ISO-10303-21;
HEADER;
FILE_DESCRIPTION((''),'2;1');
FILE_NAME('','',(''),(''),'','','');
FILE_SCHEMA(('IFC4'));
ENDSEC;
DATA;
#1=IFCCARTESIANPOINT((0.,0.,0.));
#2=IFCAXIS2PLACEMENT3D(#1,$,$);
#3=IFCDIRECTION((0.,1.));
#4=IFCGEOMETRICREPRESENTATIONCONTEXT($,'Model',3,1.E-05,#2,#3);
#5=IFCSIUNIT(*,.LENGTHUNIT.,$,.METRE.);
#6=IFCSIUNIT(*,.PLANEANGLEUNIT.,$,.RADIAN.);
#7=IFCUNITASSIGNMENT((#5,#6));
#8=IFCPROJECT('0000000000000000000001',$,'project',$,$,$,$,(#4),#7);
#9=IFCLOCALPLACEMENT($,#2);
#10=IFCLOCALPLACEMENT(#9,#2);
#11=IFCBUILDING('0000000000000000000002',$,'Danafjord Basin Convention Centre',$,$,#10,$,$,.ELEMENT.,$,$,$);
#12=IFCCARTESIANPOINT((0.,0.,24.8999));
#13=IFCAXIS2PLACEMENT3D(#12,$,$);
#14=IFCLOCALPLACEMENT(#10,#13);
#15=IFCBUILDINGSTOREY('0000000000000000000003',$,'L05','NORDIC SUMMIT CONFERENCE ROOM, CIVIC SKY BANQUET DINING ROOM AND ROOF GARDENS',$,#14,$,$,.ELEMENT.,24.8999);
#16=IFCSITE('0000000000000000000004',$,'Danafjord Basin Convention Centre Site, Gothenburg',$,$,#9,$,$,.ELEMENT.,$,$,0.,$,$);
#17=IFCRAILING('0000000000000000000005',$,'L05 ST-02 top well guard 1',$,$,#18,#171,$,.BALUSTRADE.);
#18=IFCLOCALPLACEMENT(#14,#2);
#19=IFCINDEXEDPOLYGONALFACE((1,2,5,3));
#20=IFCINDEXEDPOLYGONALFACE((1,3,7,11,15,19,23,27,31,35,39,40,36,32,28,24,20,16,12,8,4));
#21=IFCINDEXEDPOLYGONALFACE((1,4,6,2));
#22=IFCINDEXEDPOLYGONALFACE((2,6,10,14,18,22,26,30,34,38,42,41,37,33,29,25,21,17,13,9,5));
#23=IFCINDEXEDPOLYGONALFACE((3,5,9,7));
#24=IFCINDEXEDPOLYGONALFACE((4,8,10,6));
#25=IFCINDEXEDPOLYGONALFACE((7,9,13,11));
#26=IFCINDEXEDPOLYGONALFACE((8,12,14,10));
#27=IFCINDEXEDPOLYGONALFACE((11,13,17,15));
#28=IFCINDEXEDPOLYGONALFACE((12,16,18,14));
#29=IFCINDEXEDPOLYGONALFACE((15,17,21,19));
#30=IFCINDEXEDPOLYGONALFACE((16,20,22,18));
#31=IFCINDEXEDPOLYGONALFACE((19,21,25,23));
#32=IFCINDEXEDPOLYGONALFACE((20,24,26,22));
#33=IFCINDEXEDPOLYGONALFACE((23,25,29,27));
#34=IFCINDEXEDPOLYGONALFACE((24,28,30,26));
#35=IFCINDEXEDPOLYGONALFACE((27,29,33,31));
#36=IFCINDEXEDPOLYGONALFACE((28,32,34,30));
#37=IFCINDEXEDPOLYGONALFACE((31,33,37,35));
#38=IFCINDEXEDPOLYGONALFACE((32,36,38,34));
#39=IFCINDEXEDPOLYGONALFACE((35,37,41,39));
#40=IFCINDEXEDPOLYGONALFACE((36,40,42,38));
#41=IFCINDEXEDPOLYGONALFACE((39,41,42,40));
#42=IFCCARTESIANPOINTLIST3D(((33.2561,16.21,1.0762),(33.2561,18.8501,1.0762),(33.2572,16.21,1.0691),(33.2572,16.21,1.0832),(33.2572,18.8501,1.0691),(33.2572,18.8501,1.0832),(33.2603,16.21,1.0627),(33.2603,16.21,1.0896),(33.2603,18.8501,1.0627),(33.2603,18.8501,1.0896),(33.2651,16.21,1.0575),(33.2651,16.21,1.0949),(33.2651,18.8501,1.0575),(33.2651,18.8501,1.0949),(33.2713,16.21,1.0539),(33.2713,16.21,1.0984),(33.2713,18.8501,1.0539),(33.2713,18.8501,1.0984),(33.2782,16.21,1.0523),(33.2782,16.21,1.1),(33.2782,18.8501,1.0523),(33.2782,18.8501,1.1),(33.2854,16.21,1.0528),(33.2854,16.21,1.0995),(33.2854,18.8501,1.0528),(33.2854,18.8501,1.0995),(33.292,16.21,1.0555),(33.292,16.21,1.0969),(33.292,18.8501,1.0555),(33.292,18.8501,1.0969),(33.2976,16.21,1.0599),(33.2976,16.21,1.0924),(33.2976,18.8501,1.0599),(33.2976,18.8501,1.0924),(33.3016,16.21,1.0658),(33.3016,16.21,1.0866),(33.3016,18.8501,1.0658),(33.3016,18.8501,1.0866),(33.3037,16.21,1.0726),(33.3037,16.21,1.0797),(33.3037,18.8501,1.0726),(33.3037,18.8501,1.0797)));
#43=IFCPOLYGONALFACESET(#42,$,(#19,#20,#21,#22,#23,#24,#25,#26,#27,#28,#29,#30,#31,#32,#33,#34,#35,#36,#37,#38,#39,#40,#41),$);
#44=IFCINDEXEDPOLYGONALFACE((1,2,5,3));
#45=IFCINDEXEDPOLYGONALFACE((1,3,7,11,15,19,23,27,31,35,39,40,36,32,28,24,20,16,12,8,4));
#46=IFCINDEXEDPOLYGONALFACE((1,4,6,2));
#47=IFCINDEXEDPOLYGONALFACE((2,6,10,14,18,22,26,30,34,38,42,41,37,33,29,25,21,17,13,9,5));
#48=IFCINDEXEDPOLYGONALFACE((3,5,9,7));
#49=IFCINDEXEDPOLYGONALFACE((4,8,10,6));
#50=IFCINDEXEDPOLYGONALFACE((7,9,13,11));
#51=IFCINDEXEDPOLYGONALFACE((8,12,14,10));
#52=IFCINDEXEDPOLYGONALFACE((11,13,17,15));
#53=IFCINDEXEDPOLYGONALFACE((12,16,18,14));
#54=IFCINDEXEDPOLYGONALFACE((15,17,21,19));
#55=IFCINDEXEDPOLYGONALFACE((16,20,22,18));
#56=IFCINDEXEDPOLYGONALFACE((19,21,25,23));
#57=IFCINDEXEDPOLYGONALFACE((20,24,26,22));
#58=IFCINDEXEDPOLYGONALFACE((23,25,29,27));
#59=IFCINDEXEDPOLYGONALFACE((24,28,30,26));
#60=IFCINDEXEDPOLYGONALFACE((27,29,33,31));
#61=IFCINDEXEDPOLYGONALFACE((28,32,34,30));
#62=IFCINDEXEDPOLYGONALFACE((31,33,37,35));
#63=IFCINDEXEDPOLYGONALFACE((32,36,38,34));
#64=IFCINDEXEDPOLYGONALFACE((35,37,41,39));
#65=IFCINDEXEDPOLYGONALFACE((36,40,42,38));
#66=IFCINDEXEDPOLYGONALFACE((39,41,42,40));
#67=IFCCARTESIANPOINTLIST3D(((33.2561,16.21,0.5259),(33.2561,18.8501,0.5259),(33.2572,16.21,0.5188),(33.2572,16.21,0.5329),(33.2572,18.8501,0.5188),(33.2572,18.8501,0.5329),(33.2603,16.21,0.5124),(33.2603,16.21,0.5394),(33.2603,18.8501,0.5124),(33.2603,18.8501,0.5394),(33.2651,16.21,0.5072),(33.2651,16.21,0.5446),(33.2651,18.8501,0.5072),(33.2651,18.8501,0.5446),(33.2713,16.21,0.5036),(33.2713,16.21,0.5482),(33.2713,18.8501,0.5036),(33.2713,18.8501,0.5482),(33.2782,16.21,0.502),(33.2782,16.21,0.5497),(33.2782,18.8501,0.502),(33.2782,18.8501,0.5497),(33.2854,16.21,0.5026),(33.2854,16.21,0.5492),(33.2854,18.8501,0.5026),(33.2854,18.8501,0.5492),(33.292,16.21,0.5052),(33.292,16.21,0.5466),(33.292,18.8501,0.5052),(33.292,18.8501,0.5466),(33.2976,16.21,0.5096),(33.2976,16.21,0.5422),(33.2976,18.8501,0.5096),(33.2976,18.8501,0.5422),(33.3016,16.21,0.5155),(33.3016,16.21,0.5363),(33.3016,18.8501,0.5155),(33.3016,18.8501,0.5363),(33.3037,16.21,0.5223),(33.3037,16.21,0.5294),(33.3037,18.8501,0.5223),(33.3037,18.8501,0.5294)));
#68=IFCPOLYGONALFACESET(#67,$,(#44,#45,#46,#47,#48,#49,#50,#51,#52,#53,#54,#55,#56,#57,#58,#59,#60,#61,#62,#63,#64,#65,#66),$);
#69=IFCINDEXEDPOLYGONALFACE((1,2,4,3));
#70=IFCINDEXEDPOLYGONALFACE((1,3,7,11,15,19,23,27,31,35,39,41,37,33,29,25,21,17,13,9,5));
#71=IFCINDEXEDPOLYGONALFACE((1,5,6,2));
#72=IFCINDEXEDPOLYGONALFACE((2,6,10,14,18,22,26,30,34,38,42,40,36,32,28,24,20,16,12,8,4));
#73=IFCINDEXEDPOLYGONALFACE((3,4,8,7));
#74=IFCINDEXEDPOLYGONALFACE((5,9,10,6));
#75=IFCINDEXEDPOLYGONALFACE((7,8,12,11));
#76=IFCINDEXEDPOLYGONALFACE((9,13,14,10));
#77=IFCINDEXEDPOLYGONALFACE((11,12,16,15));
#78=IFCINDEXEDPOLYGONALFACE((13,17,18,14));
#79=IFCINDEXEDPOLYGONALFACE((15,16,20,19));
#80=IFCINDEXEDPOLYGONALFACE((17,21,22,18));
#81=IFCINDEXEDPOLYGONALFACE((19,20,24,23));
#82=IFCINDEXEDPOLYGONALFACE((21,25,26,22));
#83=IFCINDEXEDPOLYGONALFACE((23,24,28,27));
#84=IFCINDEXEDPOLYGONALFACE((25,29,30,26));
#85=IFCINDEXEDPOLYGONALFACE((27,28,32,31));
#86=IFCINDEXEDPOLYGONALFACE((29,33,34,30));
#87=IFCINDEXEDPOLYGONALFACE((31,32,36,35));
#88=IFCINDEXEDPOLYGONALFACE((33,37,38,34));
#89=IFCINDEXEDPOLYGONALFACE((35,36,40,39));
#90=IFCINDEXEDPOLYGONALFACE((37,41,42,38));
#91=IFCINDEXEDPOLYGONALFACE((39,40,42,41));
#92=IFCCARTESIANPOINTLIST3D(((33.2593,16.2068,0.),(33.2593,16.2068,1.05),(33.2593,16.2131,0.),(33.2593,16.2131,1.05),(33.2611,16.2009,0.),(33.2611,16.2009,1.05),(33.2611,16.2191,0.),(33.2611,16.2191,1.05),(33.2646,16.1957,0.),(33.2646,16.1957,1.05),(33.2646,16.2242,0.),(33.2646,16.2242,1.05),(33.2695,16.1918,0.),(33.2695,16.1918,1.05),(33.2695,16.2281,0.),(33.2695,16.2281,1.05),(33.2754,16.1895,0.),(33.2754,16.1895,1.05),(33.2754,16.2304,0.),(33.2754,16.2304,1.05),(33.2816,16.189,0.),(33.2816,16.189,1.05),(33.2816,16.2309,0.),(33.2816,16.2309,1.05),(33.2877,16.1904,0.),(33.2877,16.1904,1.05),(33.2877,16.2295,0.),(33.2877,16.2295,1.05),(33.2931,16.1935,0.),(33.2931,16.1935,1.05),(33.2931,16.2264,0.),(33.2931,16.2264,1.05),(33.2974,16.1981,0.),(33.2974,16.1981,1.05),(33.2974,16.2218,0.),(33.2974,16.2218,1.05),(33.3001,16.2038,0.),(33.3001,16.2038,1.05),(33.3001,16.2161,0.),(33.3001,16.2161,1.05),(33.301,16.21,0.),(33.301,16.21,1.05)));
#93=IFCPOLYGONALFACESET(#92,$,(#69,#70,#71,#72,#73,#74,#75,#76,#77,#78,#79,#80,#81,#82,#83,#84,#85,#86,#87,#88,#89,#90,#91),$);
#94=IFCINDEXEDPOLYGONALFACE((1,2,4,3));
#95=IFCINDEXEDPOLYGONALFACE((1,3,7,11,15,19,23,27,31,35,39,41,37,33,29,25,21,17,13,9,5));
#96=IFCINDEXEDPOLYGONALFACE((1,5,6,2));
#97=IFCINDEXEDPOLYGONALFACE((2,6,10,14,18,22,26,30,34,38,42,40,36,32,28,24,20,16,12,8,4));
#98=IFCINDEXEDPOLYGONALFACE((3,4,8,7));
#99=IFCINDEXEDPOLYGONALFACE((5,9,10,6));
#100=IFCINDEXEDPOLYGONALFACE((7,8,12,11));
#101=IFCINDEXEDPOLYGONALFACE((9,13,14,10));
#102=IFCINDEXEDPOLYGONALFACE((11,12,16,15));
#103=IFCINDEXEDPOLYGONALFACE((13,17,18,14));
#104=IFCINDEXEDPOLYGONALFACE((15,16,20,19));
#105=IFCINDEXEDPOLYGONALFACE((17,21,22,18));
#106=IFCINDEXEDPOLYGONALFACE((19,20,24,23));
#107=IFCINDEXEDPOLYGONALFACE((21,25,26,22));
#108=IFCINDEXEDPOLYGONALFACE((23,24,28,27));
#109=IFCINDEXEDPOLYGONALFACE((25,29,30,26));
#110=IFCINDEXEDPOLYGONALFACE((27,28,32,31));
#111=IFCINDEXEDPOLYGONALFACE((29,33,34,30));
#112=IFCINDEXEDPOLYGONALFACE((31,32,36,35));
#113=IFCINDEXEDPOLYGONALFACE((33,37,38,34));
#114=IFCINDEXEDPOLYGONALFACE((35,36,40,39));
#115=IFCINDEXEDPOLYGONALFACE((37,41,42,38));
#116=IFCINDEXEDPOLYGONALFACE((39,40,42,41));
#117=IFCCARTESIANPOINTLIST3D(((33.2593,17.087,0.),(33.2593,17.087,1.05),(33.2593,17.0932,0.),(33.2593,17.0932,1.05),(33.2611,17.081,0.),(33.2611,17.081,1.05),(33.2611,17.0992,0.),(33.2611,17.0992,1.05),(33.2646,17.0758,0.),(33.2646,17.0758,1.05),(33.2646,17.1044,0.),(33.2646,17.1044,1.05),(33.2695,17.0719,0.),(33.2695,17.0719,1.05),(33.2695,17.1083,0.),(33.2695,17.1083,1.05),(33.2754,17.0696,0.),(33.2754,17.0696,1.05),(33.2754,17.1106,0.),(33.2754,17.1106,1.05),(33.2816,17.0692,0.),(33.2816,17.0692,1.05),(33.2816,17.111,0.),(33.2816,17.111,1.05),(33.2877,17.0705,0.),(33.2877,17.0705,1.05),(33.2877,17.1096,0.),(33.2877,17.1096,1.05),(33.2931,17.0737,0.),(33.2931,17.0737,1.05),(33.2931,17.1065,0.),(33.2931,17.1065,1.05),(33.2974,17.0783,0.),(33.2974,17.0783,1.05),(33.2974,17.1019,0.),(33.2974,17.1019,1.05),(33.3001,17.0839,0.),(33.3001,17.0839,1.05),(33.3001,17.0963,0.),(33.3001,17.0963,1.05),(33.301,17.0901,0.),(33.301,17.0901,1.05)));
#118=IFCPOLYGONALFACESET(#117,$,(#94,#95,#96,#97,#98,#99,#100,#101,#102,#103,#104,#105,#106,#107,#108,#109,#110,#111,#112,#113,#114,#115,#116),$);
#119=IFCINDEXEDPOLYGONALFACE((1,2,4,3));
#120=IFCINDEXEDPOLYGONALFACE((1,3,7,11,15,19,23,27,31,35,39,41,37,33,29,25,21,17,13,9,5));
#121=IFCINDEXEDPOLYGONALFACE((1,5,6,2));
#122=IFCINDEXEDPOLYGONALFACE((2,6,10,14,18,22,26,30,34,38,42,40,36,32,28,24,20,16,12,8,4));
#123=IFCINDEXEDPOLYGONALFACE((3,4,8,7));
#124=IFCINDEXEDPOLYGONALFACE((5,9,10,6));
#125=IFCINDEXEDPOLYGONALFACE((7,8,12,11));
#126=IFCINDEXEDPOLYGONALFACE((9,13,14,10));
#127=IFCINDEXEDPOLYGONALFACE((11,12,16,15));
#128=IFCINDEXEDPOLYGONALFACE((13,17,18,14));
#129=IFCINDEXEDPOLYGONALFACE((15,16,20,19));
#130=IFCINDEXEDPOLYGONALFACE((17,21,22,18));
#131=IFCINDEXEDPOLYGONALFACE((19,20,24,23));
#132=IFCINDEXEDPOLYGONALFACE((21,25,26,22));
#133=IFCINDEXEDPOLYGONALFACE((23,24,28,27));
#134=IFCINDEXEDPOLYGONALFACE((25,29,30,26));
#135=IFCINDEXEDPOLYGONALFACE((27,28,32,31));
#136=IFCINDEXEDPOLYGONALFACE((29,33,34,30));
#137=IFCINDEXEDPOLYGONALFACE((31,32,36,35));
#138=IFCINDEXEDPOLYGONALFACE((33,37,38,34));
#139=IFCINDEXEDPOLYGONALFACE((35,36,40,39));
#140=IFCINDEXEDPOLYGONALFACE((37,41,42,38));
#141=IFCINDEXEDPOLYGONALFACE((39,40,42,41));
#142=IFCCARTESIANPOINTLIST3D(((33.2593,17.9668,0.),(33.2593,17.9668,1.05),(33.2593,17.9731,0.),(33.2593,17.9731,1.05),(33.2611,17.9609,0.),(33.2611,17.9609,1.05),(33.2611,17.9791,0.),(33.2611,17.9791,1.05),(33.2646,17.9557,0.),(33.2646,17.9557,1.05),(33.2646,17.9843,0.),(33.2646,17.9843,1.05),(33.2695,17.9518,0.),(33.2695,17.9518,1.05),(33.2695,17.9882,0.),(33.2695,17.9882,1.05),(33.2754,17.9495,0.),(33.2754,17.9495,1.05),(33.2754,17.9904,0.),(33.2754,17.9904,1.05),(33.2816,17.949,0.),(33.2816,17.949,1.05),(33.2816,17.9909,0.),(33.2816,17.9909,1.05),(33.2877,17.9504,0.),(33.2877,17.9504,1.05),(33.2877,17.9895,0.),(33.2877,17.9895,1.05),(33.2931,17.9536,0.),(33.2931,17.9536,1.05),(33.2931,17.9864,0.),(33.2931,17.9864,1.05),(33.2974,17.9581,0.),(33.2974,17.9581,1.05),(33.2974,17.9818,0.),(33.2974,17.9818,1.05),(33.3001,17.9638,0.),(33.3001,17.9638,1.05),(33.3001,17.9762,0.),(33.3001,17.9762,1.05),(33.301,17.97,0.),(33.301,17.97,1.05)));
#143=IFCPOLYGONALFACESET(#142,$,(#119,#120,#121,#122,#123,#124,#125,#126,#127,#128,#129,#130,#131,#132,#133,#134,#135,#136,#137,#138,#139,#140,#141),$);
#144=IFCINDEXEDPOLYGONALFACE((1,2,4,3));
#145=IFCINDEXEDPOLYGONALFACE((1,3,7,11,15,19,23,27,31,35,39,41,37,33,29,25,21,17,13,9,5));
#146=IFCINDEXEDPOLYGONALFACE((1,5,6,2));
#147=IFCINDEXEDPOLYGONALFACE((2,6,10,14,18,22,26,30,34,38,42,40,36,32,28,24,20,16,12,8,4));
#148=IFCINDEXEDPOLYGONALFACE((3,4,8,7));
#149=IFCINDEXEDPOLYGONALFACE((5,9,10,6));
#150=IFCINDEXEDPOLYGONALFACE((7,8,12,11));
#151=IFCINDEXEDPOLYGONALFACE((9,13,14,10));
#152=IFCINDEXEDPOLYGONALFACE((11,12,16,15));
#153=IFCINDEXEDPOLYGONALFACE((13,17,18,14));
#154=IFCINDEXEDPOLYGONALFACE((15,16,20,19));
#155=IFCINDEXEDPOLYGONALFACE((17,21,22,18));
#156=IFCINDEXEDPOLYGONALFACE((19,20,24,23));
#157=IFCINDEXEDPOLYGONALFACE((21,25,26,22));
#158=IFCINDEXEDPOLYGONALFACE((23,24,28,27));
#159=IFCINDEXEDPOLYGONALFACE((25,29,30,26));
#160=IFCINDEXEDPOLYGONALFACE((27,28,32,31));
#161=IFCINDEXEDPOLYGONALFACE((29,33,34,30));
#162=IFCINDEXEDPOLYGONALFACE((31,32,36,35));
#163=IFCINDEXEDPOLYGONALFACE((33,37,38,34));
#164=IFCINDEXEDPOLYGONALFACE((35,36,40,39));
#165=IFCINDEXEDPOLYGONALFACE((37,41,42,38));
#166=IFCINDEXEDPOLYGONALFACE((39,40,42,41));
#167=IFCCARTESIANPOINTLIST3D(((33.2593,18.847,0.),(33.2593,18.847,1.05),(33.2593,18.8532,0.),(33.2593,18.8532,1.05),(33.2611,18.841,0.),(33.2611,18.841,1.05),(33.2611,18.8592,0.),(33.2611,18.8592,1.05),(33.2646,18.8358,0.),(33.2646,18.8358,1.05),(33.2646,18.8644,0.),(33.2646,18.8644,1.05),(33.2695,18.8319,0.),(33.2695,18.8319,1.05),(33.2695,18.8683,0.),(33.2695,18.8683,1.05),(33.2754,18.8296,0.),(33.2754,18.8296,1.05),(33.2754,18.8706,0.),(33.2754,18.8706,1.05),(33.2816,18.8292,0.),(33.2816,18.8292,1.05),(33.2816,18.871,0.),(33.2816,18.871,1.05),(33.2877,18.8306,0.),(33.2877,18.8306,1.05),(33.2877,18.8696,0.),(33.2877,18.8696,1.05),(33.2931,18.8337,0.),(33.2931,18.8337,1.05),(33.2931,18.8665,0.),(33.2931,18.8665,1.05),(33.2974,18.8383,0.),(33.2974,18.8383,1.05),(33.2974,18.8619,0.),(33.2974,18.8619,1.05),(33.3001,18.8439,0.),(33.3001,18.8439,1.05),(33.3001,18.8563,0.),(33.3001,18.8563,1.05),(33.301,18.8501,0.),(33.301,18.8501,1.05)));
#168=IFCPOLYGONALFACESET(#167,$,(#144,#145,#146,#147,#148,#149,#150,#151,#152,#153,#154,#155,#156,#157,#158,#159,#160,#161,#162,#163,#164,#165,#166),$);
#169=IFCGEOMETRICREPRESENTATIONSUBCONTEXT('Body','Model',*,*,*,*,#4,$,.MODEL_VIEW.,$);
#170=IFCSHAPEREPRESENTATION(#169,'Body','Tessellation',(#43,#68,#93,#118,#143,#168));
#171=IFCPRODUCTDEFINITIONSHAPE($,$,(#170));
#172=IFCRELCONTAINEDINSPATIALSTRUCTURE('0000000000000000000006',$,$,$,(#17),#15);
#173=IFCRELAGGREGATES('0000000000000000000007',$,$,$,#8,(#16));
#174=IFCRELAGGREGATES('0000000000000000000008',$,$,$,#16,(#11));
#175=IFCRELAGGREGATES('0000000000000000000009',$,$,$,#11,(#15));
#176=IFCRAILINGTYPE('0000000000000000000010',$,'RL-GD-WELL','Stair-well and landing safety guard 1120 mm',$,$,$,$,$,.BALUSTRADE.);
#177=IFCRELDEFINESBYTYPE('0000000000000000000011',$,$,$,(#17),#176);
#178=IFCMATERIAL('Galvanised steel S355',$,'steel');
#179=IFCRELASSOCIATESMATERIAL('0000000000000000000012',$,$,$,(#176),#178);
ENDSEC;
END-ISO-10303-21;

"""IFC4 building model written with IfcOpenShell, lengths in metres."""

from ifc_helpers import new_model, si_unit, direction, frame, origin, origin_2d, place, context, subcontext, project, spatial, circle, extrude, material, type_object, element, save


model = new_model("IFC4")

# Units and contexts
model_context = context("Model", 3, precision=1e-05, world=origin(), true_north=direction((0.0, 1.0)))
body_context = subcontext(model_context, "Body", "Model", "MODEL_VIEW")
ifc_project = project(units=[si_unit("LENGTHUNIT", "METRE"), si_unit("PLANEANGLEUNIT", "RADIAN")], contexts=[model_context])

# Site, building, storey
site_placement = place(None, origin())
site = spatial("IfcSite", under=ifc_project, at=site_placement, Name="Danafjord Basin Convention Centre Site, Gothenburg", CompositionType="ELEMENT", RefElevation=0.0)
building_placement = place(site_placement, origin())
building = spatial("IfcBuilding", under=site, at=building_placement, Name="Danafjord Basin Convention Centre", CompositionType="ELEMENT")
storey_placement = place(building_placement, frame((0.0, 0.0, 24.8999)))
storey = spatial("IfcBuildingStorey", under=building, at=storey_placement, Name="L05", Description="NORDIC SUMMIT CONFERENCE ROOM, CIVIC SKY BANQUET DINING ROOM AND ROOF GARDENS", CompositionType="ELEMENT", Elevation=24.8999)

# Railing
ifc_material_1 = material(Name="Galvanised steel S355", Category="steel")
railing_type_1 = type_object("IfcRailingType", Name="RL-GD-WELL", Description="Stair-well and landing safety guard 1120 mm", PredefinedType="BALUSTRADE", material=ifc_material_1)
railing_1_placement = place(storey_placement, frame((33.28, 16.21, 0.0)))
element("IfcRailing", 1, at=railing_1_placement, inside=storey, type_object=railing_type_1, Name="L05 ST-02 top well guard 1", PredefinedType="BALUSTRADE", context=body_context, shape_type="SweptSolid", body=[
    extrude(circle(Radius=0.0239, at=origin_2d()), frame((0.0, 0.0, 1.0762), z_axis=(0.0, 1.0, 0.0), x_axis=(-1.0, 0.0, 0.0)), (0.0, 0.0, 1.0), 2.6401),
    extrude(circle(Radius=0.0239, at=origin_2d()), frame((0.0, 0.0, 0.5259), z_axis=(0.0, 1.0, 0.0), x_axis=(-1.0, 0.0, 0.0)), (0.0, 0.0, 1.0), 2.6401),
    extrude(circle(Radius=0.021, at=origin_2d()), origin(), (0.0, 0.0, 1.0), 1.05),
    extrude(circle(Radius=0.021, at=origin_2d()), frame((0.0, 0.8801, 0.0)), (0.0, 0.0, 1.0), 1.05),
    extrude(circle(Radius=0.021, at=origin_2d()), frame((0.0, 1.76, 0.0)), (0.0, 0.0, 1.0), 1.05),
    extrude(circle(Radius=0.021, at=origin_2d()), frame((0.0, 2.6401, 0.0)), (0.0, 0.0, 1.0), 1.05),
])

save(model, "model.ifc")
